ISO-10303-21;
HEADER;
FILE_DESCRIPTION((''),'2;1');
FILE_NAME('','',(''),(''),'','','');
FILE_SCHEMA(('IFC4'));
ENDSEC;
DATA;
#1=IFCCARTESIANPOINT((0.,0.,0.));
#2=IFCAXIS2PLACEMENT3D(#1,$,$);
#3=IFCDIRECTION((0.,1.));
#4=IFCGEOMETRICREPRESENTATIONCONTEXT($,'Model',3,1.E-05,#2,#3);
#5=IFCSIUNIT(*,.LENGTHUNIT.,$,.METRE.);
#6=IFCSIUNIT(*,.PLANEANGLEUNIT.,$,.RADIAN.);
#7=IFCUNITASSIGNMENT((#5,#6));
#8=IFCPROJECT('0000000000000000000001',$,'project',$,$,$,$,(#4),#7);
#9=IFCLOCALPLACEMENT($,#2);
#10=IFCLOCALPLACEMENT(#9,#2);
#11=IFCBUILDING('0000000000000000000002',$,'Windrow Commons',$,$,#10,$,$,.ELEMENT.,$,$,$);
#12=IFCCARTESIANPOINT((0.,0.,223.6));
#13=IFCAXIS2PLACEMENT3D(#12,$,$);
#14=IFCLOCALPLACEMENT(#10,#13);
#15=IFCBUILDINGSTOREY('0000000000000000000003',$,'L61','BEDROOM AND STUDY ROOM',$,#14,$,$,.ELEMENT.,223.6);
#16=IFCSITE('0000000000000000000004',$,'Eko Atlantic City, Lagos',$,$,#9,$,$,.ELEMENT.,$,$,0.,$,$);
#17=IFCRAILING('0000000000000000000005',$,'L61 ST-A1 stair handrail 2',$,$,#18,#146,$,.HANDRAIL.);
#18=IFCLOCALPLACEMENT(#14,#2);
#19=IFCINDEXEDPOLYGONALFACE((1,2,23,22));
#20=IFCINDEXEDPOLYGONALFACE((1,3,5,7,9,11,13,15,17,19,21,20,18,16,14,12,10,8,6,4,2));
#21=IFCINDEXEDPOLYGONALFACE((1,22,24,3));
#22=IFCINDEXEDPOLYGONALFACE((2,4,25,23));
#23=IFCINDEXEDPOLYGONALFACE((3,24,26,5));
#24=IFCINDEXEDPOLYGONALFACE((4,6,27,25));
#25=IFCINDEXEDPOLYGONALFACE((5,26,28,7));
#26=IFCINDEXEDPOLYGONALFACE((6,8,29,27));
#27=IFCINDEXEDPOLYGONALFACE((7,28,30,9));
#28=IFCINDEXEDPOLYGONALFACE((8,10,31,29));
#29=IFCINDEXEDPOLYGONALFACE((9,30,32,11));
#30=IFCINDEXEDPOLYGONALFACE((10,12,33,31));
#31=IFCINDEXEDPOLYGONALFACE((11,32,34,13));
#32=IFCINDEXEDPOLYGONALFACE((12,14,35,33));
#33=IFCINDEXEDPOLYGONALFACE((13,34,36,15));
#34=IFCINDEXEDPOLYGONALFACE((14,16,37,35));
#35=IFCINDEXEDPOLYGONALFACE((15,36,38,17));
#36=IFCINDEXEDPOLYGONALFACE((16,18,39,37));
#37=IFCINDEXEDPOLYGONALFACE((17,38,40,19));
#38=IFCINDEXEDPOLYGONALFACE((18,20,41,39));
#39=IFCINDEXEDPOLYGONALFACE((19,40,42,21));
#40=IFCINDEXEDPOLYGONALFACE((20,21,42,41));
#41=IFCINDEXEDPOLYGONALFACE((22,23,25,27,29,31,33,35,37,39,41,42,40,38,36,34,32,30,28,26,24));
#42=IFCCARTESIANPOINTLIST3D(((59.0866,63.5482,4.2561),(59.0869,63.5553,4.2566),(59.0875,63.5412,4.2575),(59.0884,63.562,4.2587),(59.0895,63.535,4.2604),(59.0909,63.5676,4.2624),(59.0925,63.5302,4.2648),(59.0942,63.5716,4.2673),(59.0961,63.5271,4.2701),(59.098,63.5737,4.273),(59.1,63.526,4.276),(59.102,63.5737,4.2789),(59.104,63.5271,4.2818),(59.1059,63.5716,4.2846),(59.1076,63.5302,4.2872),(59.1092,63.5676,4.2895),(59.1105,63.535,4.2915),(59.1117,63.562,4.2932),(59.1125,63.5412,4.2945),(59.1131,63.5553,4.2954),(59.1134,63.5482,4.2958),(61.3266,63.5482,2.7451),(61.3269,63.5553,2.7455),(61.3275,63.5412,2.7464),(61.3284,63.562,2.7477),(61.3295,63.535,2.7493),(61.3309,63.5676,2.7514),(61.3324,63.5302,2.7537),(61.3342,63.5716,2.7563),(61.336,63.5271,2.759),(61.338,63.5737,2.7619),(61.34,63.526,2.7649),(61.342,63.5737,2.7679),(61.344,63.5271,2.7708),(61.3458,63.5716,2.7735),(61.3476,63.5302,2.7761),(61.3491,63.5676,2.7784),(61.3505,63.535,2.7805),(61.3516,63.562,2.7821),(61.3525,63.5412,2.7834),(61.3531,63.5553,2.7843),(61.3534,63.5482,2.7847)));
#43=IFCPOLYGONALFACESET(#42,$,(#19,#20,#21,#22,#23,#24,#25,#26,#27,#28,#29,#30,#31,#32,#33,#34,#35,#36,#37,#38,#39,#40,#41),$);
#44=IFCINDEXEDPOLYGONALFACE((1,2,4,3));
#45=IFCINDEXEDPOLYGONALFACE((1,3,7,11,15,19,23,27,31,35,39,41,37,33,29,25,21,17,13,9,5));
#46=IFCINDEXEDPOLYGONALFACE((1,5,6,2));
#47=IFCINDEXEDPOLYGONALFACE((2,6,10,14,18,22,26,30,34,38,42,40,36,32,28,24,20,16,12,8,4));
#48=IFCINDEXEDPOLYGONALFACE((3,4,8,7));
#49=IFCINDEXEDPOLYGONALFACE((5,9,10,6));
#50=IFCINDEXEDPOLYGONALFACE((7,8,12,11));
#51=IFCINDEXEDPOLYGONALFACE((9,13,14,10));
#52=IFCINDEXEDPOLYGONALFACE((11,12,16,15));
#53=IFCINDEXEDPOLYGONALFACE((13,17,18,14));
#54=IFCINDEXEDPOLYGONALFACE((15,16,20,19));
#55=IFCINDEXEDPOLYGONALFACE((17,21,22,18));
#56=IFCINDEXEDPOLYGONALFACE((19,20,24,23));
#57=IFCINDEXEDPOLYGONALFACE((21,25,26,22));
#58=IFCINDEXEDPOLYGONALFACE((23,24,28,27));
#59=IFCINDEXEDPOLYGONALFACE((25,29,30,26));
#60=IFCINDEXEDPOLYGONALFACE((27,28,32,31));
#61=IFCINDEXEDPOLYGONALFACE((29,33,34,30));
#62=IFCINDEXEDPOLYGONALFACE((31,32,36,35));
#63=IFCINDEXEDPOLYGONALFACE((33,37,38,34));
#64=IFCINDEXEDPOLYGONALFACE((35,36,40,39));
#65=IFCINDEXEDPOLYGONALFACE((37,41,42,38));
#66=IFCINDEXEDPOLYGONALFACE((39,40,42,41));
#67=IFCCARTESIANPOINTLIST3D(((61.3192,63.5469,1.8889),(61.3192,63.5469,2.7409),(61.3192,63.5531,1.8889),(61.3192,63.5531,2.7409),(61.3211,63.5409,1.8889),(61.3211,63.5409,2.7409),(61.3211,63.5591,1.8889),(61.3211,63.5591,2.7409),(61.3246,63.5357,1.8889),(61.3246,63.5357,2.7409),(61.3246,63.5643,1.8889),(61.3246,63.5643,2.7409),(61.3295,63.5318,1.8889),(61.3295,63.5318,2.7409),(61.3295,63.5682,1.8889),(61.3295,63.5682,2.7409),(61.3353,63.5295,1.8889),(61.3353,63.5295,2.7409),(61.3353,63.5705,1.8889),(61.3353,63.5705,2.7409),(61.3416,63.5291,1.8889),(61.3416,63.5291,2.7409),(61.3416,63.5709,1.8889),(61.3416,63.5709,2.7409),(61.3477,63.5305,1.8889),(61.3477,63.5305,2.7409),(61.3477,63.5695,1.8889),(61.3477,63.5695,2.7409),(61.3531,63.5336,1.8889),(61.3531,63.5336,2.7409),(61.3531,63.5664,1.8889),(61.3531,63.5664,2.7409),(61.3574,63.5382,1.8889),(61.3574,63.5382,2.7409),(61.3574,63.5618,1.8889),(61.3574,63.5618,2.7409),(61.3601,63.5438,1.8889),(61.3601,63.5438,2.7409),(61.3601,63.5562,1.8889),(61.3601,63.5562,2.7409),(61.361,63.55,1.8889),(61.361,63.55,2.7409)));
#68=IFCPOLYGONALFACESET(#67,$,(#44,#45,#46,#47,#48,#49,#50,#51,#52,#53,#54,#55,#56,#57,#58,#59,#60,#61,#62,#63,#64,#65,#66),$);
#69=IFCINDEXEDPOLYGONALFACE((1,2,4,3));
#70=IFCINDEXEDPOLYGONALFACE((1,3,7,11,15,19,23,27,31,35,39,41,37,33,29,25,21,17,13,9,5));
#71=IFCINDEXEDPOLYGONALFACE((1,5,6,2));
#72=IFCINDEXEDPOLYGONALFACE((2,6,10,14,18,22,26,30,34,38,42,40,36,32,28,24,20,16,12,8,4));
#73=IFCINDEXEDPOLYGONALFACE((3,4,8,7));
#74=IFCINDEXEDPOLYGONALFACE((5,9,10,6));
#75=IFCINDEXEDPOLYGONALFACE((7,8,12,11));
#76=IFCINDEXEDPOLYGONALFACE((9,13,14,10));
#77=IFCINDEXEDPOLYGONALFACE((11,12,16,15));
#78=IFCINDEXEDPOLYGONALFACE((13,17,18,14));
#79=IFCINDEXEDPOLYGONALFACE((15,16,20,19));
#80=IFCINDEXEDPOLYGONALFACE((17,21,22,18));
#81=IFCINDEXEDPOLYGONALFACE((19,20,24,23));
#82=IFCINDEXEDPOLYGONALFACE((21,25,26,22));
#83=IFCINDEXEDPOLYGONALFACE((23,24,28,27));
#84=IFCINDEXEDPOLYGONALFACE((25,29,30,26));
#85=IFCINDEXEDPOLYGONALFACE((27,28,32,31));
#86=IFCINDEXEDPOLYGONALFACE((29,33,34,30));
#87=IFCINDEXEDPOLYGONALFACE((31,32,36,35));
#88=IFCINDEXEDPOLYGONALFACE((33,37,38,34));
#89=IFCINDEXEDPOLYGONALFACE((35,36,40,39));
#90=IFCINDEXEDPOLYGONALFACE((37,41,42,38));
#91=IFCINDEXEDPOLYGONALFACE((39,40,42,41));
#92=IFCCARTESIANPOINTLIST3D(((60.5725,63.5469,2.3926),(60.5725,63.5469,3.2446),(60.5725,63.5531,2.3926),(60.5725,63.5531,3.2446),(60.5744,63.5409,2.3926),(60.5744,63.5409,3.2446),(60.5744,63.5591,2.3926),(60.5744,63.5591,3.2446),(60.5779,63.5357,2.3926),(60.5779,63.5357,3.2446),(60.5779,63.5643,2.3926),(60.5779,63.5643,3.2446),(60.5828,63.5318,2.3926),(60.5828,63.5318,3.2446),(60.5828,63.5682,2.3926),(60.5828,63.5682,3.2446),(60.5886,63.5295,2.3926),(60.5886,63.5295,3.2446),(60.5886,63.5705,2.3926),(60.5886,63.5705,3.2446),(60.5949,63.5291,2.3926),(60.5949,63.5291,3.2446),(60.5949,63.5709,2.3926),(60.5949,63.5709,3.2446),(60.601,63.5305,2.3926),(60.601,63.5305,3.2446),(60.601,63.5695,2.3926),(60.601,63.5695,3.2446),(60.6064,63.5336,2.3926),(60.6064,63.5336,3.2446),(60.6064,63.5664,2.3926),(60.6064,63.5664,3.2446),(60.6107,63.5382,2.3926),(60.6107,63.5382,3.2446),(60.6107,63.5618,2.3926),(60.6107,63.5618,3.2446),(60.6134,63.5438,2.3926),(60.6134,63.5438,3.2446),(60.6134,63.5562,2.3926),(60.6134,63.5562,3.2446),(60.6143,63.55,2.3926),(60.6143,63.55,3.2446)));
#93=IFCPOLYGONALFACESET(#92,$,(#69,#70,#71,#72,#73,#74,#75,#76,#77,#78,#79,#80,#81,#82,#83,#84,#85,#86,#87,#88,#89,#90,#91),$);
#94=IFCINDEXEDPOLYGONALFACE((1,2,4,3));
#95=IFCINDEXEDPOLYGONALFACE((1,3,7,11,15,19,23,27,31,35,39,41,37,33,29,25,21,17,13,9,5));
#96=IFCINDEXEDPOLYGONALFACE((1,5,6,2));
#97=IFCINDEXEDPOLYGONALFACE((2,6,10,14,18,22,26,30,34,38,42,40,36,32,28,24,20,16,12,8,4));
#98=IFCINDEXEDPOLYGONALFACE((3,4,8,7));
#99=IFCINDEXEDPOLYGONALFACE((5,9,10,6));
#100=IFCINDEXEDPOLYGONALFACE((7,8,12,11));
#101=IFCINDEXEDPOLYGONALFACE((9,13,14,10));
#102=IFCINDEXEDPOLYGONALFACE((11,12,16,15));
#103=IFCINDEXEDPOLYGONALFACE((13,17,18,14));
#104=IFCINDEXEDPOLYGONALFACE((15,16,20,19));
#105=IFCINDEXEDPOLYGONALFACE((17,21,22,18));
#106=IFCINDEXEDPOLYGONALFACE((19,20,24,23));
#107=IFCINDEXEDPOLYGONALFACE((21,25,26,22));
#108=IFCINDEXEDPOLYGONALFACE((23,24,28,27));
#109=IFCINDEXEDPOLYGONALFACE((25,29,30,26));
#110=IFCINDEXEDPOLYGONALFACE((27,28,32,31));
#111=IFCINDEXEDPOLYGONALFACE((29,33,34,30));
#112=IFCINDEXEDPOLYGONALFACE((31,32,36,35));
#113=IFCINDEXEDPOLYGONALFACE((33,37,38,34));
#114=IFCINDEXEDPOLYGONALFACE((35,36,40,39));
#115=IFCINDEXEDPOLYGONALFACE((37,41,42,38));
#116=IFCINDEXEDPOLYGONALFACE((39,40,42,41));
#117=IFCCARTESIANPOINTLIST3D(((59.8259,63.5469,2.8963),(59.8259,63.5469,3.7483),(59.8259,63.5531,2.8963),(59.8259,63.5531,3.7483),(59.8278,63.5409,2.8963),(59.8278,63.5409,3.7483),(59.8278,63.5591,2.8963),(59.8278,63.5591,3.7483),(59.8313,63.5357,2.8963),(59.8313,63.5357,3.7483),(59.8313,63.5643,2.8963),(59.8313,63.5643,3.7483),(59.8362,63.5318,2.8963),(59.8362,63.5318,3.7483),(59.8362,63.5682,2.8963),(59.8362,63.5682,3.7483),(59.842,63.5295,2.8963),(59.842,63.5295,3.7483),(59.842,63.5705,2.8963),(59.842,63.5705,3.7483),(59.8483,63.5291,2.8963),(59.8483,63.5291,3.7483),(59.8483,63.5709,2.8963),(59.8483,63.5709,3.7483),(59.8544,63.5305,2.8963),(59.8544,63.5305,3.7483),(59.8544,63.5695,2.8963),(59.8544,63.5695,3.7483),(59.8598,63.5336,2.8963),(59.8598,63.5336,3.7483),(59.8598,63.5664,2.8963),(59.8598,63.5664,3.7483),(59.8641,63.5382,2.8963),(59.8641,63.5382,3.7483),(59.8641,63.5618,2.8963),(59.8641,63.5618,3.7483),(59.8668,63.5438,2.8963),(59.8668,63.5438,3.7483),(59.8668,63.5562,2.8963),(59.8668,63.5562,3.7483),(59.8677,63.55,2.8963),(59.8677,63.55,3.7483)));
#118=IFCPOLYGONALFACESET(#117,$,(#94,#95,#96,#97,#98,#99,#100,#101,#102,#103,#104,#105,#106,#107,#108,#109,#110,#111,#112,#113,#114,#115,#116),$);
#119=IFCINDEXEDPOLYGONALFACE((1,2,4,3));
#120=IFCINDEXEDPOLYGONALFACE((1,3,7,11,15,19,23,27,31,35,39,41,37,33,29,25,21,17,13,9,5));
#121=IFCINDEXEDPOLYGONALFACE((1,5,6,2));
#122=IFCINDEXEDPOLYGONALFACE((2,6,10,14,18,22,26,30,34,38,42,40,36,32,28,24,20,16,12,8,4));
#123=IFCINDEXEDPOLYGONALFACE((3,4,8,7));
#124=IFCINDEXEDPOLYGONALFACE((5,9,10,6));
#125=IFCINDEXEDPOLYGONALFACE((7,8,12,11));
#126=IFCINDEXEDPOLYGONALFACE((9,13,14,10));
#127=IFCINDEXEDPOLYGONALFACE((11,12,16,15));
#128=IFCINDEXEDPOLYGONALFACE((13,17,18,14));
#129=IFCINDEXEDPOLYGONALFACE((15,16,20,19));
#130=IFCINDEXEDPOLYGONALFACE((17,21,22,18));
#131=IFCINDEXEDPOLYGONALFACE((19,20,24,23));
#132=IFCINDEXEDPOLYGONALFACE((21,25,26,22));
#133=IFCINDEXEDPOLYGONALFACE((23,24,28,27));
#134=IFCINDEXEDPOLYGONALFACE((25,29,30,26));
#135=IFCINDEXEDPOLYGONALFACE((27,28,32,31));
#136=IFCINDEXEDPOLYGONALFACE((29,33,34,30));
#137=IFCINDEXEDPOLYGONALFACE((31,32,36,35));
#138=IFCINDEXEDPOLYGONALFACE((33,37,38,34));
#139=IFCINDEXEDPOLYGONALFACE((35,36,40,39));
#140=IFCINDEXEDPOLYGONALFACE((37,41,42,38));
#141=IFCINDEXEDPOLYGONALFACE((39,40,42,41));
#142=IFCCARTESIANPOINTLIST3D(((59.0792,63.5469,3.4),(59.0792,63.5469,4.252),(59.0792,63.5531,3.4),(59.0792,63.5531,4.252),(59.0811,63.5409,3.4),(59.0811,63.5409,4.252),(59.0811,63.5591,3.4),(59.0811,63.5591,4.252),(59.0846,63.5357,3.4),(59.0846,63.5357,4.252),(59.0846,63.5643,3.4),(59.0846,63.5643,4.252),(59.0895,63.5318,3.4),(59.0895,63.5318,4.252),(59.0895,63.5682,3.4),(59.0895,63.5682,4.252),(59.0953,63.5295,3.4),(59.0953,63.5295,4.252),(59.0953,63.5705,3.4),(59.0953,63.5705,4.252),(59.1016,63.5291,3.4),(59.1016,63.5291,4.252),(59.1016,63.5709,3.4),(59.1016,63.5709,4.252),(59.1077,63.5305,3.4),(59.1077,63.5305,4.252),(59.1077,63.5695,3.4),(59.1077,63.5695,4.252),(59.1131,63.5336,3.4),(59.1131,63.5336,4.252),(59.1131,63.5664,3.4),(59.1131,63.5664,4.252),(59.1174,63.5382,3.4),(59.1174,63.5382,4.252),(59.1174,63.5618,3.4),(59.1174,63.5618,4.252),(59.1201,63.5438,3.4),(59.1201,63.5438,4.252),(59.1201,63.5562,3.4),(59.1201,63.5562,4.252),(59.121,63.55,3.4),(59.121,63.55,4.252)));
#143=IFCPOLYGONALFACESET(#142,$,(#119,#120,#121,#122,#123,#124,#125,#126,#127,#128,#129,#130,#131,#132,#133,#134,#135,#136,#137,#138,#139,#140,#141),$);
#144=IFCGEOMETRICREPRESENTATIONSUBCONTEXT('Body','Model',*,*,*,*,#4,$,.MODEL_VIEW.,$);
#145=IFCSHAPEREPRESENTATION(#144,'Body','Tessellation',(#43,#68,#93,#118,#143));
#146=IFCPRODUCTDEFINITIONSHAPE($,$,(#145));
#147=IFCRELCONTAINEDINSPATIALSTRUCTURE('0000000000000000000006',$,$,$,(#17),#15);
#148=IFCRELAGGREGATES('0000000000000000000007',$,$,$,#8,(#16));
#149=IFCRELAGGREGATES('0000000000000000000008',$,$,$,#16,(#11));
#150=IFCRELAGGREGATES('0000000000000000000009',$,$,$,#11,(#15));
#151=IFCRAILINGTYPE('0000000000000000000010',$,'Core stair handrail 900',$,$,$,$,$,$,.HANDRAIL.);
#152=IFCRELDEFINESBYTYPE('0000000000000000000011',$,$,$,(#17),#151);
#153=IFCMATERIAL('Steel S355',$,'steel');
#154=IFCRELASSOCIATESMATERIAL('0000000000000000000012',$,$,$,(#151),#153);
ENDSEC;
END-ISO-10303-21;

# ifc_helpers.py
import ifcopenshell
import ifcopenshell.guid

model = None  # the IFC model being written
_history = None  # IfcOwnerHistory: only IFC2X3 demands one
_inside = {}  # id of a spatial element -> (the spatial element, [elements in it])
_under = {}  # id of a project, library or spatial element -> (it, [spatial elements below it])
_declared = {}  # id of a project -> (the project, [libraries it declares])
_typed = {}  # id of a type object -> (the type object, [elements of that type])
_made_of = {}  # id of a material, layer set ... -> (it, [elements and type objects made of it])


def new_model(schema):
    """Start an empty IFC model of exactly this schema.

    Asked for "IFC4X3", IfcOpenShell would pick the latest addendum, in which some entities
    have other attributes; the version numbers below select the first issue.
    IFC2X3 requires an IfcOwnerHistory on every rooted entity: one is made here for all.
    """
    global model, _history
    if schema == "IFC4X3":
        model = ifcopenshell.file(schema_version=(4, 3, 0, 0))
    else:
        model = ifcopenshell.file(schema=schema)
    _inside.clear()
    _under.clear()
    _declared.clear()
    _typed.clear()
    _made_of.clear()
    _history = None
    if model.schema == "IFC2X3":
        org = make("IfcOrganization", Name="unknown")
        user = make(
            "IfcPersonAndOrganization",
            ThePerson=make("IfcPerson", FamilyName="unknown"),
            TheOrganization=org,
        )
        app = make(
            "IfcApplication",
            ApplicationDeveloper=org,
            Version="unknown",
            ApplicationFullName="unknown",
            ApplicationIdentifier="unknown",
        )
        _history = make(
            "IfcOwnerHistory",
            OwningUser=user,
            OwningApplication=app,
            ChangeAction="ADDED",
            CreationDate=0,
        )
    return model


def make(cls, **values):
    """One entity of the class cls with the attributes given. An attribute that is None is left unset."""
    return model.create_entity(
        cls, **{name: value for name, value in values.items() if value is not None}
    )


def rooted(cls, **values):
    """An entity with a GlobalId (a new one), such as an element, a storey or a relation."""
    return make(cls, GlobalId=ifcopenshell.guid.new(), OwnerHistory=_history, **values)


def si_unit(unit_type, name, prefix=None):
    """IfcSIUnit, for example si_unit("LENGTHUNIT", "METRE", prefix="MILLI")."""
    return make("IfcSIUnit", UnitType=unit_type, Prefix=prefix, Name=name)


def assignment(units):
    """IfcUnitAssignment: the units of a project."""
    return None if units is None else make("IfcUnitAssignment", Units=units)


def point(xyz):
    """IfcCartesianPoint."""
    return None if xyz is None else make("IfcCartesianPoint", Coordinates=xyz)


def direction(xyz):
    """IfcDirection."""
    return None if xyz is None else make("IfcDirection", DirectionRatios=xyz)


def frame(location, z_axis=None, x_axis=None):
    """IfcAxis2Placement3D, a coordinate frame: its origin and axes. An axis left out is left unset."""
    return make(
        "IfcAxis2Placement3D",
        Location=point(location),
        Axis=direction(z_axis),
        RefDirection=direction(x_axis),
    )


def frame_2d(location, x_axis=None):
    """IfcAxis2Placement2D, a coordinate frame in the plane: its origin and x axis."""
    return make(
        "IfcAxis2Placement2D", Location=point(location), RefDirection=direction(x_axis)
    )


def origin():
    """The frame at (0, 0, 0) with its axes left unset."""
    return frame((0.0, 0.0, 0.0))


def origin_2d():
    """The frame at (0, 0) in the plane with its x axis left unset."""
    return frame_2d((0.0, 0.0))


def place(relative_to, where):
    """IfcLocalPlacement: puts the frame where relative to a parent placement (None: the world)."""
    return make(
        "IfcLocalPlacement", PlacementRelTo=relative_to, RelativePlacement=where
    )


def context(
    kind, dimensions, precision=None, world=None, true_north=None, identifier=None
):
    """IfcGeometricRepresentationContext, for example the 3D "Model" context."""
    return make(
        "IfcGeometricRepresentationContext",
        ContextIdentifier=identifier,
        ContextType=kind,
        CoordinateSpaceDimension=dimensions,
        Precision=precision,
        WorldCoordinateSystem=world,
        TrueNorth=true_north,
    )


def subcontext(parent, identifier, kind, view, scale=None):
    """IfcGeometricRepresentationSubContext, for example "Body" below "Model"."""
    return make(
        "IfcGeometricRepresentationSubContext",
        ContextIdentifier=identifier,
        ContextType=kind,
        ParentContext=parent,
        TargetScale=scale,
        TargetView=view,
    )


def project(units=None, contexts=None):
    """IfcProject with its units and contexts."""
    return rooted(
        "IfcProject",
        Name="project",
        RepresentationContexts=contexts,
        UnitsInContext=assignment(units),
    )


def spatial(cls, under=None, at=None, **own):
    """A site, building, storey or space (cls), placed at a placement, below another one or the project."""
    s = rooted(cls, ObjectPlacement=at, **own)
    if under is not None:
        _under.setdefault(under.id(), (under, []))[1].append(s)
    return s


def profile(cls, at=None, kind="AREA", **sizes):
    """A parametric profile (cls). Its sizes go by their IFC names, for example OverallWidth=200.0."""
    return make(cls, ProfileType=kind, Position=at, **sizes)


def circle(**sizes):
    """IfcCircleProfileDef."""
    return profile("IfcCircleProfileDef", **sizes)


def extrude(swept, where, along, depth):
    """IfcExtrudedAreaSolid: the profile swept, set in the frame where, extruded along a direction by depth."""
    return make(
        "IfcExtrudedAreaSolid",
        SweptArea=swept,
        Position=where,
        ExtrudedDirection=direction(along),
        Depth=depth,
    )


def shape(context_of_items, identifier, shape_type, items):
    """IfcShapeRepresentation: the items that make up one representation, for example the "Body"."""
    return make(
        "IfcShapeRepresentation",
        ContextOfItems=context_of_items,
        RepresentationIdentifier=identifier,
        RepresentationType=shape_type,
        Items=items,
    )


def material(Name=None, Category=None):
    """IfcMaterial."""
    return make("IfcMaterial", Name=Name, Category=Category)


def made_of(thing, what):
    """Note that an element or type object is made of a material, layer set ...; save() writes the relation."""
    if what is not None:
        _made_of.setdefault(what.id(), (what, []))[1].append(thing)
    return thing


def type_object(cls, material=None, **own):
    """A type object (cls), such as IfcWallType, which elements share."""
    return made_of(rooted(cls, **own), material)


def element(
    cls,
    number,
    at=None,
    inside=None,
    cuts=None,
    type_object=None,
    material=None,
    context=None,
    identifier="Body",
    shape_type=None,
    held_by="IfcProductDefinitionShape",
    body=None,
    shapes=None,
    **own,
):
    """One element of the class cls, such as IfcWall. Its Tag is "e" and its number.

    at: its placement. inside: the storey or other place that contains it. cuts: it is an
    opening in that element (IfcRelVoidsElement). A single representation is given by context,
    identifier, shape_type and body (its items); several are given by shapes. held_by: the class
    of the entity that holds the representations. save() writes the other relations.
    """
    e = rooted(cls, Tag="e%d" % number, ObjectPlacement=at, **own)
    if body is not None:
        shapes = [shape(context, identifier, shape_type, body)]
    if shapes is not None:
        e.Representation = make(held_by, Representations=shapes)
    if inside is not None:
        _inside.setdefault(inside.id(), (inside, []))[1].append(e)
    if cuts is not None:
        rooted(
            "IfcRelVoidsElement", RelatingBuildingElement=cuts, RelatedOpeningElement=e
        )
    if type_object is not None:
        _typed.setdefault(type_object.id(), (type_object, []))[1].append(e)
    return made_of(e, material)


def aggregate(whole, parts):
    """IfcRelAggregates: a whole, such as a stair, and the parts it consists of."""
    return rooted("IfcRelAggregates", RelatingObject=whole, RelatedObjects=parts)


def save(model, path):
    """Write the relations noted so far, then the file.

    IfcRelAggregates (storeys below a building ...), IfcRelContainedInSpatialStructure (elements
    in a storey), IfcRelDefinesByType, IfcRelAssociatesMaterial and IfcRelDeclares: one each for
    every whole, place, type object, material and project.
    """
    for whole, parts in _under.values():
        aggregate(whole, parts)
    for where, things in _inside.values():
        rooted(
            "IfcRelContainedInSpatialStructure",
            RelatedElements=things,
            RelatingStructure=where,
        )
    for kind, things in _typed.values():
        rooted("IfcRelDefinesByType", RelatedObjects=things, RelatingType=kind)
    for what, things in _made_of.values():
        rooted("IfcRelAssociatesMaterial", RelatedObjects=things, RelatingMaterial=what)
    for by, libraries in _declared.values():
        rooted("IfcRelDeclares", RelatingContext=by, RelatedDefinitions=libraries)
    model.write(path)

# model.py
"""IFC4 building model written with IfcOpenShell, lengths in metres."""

from ifc_helpers import new_model, si_unit, direction, frame, origin, origin_2d, place, context, subcontext, project, spatial, circle, extrude, material, type_object, element, save


model = new_model("IFC4")

# Units and contexts
model_context = context("Model", 3, precision=1e-05, world=origin(), true_north=direction((0.0, 1.0)))
body_context = subcontext(model_context, "Body", "Model", "MODEL_VIEW")
ifc_project = project(units=[si_unit("LENGTHUNIT", "METRE"), si_unit("PLANEANGLEUNIT", "RADIAN")], contexts=[model_context])

# Site, building, storey
site_placement = place(None, origin())
site = spatial("IfcSite", under=ifc_project, at=site_placement, Name="Eko Atlantic City, Lagos", CompositionType="ELEMENT", RefElevation=0.0)
building_placement = place(site_placement, origin())
building = spatial("IfcBuilding", under=site, at=building_placement, Name="Windrow Commons", CompositionType="ELEMENT")
storey_placement = place(building_placement, frame((0.0, 0.0, 223.6)))
storey = spatial("IfcBuildingStorey", under=building, at=storey_placement, Name="L61", Description="BEDROOM AND STUDY ROOM", CompositionType="ELEMENT", Elevation=223.6)

# Railing
ifc_material_1 = material(Name="Steel S355", Category="steel")
railing_type_1 = type_object("IfcRailingType", Name="Core stair handrail 900", PredefinedType="HANDRAIL", material=ifc_material_1)
railing_1_placement = place(storey_placement, frame((61.34, 63.55, 1.8889)))
element("IfcRailing", 1, at=railing_1_placement, inside=storey, type_object=railing_type_1, Name="L61 ST-A1 stair handrail 2", PredefinedType="HANDRAIL", context=body_context, shape_type="SweptSolid", body=[
    extrude(circle(Radius=0.024, at=origin_2d()), frame((0.0, 0.0, 0.876), z_axis=(-0.829003, 0.0, 0.559244), x_axis=(0.0, -1.0, 0.0)), (0.0, 0.0, 1.0), 2.702),
    extrude(circle(Radius=0.021, at=origin_2d()), origin(), (0.0, 0.0, 1.0), 0.852),
    extrude(circle(Radius=0.021, at=origin_2d()), frame((-0.7467, 0.0, 0.5037)), (0.0, 0.0, 1.0), 0.852),
    extrude(circle(Radius=0.021, at=origin_2d()), frame((-1.4933, 0.0, 1.0074)), (0.0, 0.0, 1.0), 0.852),
    extrude(circle(Radius=0.021, at=origin_2d()), frame((-2.24, 0.0, 1.5111)), (0.0, 0.0, 1.0), 0.852),
])

save(model, "model.ifc")
